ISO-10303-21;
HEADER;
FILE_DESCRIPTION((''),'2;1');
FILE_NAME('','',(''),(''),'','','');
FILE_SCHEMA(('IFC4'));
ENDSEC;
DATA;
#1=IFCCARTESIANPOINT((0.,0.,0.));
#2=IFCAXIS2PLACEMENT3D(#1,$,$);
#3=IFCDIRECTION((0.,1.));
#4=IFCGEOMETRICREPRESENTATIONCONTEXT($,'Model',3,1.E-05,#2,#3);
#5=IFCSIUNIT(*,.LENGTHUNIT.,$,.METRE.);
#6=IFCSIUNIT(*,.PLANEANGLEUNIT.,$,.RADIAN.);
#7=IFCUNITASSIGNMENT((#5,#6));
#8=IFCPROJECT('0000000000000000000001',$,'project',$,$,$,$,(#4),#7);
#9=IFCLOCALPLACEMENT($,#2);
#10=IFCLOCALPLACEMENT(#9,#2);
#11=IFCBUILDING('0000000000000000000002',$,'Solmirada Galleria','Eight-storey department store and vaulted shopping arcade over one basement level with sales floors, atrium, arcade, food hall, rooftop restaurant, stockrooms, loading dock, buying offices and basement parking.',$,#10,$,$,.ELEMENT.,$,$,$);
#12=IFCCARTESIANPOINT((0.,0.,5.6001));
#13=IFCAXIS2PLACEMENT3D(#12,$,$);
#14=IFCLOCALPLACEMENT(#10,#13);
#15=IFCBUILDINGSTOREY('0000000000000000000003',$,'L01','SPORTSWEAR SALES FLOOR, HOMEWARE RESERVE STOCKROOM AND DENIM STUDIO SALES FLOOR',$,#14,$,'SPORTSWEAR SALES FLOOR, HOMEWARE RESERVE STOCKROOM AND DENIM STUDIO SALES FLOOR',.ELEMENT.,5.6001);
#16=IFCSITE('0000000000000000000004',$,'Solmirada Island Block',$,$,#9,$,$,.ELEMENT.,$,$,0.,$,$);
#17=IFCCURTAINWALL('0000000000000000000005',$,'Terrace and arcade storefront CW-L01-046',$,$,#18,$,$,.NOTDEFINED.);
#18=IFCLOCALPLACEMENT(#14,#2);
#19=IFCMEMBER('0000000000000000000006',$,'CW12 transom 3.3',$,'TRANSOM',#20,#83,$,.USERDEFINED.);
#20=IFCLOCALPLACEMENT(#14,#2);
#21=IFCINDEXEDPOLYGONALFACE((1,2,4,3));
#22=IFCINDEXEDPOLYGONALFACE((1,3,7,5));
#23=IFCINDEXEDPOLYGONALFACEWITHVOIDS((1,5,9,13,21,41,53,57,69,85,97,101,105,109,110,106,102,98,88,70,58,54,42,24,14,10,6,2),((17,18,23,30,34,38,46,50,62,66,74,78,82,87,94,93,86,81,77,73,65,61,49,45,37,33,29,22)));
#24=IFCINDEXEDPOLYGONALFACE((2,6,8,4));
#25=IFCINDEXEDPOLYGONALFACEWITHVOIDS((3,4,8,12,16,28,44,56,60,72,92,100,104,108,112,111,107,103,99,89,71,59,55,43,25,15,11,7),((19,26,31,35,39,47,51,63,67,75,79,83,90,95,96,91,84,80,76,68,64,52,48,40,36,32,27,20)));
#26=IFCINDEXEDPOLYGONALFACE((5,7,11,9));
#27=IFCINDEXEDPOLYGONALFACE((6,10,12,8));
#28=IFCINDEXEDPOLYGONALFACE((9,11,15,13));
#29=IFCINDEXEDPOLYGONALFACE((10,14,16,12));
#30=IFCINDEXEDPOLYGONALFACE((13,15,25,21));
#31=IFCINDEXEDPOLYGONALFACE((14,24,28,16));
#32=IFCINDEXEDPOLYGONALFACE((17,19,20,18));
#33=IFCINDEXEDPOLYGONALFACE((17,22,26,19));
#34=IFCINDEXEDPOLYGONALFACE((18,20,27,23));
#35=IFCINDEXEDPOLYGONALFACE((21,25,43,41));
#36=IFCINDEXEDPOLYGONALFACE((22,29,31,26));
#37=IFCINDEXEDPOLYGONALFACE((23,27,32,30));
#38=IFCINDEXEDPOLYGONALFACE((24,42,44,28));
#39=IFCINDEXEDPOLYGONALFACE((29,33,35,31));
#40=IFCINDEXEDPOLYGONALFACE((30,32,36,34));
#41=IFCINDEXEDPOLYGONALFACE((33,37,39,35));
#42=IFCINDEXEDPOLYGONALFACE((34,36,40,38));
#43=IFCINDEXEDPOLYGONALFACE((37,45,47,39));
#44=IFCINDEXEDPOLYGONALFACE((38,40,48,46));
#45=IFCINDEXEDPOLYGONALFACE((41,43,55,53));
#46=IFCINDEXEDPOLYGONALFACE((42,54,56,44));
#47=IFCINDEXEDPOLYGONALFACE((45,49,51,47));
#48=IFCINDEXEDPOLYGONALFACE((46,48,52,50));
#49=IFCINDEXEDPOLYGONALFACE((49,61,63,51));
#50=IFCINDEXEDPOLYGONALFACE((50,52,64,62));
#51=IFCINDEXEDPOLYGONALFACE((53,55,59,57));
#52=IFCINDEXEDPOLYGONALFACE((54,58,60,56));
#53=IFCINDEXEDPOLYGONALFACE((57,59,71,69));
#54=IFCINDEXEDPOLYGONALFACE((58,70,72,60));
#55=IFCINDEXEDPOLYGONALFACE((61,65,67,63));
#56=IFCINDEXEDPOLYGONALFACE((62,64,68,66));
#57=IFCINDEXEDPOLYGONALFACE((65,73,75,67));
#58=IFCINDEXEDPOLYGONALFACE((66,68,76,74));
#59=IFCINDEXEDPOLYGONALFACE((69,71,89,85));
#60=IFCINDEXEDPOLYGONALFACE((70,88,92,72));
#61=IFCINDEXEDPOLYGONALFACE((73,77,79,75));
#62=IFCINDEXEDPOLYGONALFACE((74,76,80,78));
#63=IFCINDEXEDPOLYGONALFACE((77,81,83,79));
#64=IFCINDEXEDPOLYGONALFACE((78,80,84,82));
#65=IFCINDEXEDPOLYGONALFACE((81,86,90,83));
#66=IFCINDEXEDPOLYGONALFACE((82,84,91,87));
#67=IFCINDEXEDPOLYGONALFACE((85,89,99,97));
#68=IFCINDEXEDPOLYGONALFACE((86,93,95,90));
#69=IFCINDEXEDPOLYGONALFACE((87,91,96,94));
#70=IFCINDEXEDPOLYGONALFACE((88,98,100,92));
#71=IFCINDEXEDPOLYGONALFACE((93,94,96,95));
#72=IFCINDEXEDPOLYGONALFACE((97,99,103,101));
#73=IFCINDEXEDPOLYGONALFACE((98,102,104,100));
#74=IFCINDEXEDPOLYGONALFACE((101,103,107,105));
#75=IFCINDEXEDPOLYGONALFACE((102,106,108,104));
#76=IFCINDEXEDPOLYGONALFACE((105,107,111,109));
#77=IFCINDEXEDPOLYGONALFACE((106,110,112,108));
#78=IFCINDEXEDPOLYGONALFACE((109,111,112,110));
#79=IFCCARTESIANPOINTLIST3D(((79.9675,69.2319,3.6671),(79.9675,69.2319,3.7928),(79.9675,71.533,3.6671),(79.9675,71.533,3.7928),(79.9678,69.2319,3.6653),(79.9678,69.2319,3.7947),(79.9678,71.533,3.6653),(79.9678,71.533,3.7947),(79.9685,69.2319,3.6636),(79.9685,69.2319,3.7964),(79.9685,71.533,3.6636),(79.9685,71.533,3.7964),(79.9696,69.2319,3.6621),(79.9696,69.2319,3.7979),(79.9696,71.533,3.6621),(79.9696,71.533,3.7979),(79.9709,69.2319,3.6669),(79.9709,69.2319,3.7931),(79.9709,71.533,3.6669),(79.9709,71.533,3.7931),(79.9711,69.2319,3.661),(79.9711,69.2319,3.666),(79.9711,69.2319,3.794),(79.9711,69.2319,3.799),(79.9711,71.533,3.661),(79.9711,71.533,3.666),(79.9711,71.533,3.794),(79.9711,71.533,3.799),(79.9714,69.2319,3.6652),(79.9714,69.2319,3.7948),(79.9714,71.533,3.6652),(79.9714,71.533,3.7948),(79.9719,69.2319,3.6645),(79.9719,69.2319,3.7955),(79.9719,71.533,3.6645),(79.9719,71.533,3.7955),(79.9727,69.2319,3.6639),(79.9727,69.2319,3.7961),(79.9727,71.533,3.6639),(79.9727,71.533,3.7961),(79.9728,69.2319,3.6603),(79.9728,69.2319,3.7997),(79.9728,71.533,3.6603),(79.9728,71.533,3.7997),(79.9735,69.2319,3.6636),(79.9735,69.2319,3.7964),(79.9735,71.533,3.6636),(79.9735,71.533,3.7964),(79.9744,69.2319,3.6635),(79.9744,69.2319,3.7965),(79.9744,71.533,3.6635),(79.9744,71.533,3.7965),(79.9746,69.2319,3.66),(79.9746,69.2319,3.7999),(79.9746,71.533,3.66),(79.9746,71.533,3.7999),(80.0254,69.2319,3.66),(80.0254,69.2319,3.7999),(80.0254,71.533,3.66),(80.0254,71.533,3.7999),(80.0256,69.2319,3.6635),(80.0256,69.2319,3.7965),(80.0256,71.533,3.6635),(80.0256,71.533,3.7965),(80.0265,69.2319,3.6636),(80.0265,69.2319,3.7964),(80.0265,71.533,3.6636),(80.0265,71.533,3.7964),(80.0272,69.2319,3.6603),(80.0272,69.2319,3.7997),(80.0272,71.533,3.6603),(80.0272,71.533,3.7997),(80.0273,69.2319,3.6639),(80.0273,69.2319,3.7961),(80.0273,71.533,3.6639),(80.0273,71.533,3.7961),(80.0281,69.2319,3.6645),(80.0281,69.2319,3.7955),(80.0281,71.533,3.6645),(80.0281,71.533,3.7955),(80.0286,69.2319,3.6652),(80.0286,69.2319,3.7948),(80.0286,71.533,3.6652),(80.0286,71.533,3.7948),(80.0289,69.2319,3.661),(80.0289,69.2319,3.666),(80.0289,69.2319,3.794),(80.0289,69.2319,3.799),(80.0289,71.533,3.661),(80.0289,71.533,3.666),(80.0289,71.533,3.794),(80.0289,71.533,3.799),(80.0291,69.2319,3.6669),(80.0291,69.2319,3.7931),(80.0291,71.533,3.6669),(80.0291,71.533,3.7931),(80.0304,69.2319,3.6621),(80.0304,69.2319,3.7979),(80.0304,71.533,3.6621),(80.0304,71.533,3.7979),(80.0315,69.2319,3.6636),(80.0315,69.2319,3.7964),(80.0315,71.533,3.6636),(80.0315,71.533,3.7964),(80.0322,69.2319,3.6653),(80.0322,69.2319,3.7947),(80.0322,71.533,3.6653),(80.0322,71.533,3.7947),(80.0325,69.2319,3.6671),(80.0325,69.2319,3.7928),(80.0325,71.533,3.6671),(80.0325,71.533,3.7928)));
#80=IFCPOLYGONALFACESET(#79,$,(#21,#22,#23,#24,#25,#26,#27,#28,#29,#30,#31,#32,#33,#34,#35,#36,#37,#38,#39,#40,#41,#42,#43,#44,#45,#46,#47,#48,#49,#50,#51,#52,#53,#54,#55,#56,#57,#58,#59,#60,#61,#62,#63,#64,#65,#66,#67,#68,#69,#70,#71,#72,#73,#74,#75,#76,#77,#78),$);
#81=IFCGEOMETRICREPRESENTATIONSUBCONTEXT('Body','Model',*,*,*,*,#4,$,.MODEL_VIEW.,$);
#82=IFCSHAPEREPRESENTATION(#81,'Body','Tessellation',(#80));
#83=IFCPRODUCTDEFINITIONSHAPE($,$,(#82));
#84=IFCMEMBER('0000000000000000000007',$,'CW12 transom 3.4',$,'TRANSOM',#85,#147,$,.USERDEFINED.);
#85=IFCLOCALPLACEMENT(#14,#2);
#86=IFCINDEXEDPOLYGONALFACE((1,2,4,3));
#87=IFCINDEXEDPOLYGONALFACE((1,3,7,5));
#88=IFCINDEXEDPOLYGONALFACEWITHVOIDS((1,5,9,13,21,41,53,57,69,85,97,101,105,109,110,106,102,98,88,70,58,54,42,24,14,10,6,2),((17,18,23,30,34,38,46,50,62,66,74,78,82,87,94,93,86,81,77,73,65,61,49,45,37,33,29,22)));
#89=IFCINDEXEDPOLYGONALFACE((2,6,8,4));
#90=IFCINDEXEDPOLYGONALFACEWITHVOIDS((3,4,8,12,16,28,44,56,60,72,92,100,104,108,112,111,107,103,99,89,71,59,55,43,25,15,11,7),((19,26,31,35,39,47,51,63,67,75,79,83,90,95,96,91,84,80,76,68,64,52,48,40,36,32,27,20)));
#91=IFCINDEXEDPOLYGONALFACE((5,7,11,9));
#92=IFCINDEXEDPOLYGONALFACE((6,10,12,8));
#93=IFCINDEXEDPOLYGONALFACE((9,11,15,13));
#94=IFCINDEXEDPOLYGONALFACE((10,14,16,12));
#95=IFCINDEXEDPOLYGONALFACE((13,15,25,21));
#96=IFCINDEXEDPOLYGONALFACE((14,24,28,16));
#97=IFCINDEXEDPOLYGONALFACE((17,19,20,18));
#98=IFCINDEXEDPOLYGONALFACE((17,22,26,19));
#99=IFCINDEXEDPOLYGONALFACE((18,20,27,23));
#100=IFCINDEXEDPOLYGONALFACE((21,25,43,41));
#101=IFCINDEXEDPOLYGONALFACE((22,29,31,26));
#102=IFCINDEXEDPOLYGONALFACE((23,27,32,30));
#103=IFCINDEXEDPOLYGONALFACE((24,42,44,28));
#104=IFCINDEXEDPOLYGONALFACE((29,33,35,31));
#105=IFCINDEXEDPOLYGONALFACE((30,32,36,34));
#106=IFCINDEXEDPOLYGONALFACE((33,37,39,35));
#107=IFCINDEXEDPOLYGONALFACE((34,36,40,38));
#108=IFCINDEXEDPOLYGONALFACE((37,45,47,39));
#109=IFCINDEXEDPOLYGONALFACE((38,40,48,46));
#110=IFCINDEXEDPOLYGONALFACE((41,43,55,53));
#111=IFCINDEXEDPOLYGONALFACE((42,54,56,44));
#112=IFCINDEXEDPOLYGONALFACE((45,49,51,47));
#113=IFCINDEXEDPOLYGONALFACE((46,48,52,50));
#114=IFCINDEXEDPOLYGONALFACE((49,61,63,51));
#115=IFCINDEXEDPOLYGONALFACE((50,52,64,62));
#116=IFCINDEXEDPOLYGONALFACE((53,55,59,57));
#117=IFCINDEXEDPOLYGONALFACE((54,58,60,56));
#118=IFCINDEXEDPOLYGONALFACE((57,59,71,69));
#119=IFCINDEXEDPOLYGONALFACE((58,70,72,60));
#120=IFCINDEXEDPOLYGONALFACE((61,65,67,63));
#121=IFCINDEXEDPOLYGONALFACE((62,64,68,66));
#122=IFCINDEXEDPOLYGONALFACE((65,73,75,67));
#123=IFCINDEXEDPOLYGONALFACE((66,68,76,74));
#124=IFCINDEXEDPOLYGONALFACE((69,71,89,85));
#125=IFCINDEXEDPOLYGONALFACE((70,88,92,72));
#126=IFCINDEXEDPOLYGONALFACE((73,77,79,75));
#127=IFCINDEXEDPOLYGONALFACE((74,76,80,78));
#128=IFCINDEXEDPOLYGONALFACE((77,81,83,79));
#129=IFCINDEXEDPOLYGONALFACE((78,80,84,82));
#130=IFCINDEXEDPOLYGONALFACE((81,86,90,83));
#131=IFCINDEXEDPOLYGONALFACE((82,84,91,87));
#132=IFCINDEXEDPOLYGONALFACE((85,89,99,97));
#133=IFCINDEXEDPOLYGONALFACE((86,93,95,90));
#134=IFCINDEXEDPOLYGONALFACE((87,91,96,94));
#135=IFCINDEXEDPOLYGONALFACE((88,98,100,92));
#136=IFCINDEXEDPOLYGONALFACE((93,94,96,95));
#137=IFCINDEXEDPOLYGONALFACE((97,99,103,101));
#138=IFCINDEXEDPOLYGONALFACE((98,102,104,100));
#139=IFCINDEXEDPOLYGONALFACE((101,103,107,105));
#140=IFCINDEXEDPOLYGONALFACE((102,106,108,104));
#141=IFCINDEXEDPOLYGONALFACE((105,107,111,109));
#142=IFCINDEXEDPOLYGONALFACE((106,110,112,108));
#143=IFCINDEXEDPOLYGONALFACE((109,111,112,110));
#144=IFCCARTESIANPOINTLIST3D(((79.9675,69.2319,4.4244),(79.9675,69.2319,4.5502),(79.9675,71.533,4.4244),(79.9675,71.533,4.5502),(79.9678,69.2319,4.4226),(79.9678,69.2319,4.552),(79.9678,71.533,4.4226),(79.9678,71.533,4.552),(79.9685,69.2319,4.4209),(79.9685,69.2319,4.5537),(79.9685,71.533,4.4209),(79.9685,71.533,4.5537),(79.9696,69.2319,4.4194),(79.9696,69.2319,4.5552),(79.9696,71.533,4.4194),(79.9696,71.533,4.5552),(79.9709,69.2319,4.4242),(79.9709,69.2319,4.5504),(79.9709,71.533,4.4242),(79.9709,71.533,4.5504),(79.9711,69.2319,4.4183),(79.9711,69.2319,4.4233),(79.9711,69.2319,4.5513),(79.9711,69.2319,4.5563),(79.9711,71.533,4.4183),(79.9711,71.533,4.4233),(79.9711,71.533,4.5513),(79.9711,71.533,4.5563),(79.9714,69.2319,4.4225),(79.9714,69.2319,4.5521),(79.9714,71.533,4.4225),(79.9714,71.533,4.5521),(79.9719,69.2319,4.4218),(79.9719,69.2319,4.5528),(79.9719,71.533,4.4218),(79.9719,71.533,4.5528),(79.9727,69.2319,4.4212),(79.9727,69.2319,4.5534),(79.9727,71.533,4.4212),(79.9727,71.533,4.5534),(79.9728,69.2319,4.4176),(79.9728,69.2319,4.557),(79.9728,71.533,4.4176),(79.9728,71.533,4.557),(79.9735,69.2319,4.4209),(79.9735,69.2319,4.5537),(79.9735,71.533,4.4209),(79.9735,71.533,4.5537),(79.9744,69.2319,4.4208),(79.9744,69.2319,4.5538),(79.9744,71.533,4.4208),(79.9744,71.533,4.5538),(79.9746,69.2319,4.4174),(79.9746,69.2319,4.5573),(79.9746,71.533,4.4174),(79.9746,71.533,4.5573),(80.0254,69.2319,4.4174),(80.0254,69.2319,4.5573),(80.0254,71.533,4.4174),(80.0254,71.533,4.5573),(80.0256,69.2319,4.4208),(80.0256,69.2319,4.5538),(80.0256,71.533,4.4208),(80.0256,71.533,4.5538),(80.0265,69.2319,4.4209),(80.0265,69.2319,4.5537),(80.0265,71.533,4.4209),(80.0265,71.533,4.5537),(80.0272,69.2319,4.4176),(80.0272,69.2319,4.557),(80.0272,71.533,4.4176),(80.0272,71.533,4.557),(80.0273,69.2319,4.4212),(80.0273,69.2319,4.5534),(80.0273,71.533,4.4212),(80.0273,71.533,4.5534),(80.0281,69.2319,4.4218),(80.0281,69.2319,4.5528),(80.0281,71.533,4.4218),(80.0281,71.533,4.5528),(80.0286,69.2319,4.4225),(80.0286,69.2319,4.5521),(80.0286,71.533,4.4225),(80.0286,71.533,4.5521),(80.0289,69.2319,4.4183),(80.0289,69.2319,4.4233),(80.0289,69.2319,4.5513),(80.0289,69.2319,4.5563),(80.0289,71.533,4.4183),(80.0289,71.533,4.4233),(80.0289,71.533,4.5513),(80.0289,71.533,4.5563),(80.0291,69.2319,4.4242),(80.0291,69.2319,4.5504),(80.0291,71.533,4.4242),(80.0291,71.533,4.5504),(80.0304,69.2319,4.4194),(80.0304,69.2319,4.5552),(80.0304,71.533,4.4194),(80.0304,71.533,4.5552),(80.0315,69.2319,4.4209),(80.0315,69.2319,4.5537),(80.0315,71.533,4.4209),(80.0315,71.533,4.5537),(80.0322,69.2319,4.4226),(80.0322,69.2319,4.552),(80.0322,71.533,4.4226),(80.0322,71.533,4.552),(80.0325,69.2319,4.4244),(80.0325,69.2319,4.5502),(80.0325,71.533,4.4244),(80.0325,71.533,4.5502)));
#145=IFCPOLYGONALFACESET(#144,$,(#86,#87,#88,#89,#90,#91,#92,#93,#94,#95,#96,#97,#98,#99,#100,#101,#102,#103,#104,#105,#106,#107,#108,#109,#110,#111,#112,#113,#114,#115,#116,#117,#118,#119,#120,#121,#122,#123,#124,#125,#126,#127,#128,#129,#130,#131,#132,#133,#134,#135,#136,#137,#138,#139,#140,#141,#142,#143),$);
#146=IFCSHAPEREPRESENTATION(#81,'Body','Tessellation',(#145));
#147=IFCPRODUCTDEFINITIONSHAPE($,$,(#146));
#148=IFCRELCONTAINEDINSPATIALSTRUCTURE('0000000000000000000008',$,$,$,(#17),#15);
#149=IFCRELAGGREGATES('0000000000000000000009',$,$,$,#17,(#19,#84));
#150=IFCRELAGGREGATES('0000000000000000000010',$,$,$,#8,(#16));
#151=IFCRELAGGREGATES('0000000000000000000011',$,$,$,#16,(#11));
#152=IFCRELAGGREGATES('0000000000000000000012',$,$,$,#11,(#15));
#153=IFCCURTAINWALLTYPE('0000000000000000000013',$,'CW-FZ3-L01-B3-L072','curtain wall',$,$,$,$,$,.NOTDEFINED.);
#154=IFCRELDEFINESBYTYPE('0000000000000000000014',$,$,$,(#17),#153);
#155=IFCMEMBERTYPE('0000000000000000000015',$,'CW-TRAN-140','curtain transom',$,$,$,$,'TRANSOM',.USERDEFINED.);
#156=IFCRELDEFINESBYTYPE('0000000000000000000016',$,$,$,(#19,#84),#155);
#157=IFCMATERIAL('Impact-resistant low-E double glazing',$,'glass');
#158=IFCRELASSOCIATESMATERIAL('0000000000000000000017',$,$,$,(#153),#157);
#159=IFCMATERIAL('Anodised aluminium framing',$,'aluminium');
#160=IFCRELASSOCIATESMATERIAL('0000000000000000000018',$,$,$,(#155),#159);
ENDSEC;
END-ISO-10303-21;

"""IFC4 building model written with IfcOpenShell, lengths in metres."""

from ifc_helpers import new_model, si_unit, direction, frame, origin, origin_2d, place, context, subcontext, project, spatial, hollow_rectangle, extrude, material, material_profile, profile_set, type_object, element, aggregate, save


model = new_model("IFC4")

# Units and contexts
model_context = context("Model", 3, precision=1e-05, world=origin(), true_north=direction((0.0, 1.0)))
body_context = subcontext(model_context, "Body", "Model", "MODEL_VIEW")
ifc_project = project(units=[si_unit("LENGTHUNIT", "METRE"), si_unit("PLANEANGLEUNIT", "RADIAN")], contexts=[model_context])

# Site, building, storey
site_placement = place(None, origin())
site = spatial("IfcSite", under=ifc_project, at=site_placement, Name="Solmirada Island Block", CompositionType="ELEMENT", RefElevation=0.0)
building_placement = place(site_placement, origin())
building = spatial("IfcBuilding", under=site, at=building_placement, Name="Solmirada Galleria", Description="Eight-storey department store and vaulted shopping arcade over one basement level with sales floors, atrium, arcade, food hall, rooftop restaurant, stockrooms, loading dock, buying offices and basement parking.", CompositionType="ELEMENT")
storey_placement = place(building_placement, frame((0.0, 0.0, 5.6001)))
storey = spatial("IfcBuildingStorey", under=building, at=storey_placement, Name="L01", Description="SPORTSWEAR SALES FLOOR, HOMEWARE RESERVE STOCKROOM AND DENIM STUDIO SALES FLOOR", LongName="SPORTSWEAR SALES FLOOR, HOMEWARE RESERVE STOCKROOM AND DENIM STUDIO SALES FLOOR", CompositionType="ELEMENT", Elevation=5.6001)

# Curtain wall
ifc_material_1 = material(Name="Impact-resistant low-E double glazing", Category="glass")
curtain_wall_type_1 = type_object("IfcCurtainWallType", Name="CW-FZ3-L01-B3-L072", Description="curtain wall", PredefinedType="NOTDEFINED", material=ifc_material_1)
curtain_wall_1_placement = place(storey_placement, origin())
curtain_wall_1 = element("IfcCurtainWall", 1, at=curtain_wall_1_placement, inside=storey, type_object=curtain_wall_type_1, Name="Terrace and arcade storefront CW-L01-046", PredefinedType="NOTDEFINED")
ifc_material_2 = material(Name="Anodised aluminium framing", Category="aluminium")

# Members
ifc_material_profile_1 = material_profile(ifc_material_2, hollow_rectangle(XDim=0.0649, YDim=0.1399, WallThickness=0.0034, InnerFilletRadius=0.0034, OuterFilletRadius=0.0071, at=origin_2d()), Name="ALU-TRAN-140X65")
ifc_profile_set_1 = profile_set([ifc_material_profile_1], Name="Anodised aluminium framing")
member_type_1 = type_object("IfcMemberType", Name="CW-TRAN-140", Description="curtain transom", ElementType="TRANSOM", PredefinedType="USERDEFINED", material=ifc_profile_set_1)
member_1_placement = place(storey_placement, frame((80.0, 69.2319, 3.73), z_axis=(0.0, 1.0, 0.0), x_axis=(-1.0, 0.0, 0.0)))
member_1 = element("IfcMember", 2, at=member_1_placement, type_object=member_type_1, Name="CW12 transom 3.3", ObjectType="TRANSOM", PredefinedType="USERDEFINED", context=body_context, shape_type="SweptSolid", body=[
    extrude(hollow_rectangle(XDim=0.0649, YDim=0.1399, WallThickness=0.0034, InnerFilletRadius=0.0034, OuterFilletRadius=0.0071, at=origin_2d()), origin(), (0.0, 0.0, 1.0), 2.301),
])
member_2_placement = place(storey_placement, frame((80.0, 69.2319, 4.4873), z_axis=(0.0, 1.0, 0.0), x_axis=(-1.0, 0.0, 0.0)))
member_2 = element("IfcMember", 3, at=member_2_placement, type_object=member_type_1, Name="CW12 transom 3.4", ObjectType="TRANSOM", PredefinedType="USERDEFINED", context=body_context, shape_type="SweptSolid", body=[
    extrude(hollow_rectangle(XDim=0.0649, YDim=0.1399, WallThickness=0.0034, InnerFilletRadius=0.0034, OuterFilletRadius=0.0071, at=origin_2d()), origin(), (0.0, 0.0, 1.0), 2.301),
])

aggregate(curtain_wall_1, [member_1, member_2])

save(model, "model.ifc")
